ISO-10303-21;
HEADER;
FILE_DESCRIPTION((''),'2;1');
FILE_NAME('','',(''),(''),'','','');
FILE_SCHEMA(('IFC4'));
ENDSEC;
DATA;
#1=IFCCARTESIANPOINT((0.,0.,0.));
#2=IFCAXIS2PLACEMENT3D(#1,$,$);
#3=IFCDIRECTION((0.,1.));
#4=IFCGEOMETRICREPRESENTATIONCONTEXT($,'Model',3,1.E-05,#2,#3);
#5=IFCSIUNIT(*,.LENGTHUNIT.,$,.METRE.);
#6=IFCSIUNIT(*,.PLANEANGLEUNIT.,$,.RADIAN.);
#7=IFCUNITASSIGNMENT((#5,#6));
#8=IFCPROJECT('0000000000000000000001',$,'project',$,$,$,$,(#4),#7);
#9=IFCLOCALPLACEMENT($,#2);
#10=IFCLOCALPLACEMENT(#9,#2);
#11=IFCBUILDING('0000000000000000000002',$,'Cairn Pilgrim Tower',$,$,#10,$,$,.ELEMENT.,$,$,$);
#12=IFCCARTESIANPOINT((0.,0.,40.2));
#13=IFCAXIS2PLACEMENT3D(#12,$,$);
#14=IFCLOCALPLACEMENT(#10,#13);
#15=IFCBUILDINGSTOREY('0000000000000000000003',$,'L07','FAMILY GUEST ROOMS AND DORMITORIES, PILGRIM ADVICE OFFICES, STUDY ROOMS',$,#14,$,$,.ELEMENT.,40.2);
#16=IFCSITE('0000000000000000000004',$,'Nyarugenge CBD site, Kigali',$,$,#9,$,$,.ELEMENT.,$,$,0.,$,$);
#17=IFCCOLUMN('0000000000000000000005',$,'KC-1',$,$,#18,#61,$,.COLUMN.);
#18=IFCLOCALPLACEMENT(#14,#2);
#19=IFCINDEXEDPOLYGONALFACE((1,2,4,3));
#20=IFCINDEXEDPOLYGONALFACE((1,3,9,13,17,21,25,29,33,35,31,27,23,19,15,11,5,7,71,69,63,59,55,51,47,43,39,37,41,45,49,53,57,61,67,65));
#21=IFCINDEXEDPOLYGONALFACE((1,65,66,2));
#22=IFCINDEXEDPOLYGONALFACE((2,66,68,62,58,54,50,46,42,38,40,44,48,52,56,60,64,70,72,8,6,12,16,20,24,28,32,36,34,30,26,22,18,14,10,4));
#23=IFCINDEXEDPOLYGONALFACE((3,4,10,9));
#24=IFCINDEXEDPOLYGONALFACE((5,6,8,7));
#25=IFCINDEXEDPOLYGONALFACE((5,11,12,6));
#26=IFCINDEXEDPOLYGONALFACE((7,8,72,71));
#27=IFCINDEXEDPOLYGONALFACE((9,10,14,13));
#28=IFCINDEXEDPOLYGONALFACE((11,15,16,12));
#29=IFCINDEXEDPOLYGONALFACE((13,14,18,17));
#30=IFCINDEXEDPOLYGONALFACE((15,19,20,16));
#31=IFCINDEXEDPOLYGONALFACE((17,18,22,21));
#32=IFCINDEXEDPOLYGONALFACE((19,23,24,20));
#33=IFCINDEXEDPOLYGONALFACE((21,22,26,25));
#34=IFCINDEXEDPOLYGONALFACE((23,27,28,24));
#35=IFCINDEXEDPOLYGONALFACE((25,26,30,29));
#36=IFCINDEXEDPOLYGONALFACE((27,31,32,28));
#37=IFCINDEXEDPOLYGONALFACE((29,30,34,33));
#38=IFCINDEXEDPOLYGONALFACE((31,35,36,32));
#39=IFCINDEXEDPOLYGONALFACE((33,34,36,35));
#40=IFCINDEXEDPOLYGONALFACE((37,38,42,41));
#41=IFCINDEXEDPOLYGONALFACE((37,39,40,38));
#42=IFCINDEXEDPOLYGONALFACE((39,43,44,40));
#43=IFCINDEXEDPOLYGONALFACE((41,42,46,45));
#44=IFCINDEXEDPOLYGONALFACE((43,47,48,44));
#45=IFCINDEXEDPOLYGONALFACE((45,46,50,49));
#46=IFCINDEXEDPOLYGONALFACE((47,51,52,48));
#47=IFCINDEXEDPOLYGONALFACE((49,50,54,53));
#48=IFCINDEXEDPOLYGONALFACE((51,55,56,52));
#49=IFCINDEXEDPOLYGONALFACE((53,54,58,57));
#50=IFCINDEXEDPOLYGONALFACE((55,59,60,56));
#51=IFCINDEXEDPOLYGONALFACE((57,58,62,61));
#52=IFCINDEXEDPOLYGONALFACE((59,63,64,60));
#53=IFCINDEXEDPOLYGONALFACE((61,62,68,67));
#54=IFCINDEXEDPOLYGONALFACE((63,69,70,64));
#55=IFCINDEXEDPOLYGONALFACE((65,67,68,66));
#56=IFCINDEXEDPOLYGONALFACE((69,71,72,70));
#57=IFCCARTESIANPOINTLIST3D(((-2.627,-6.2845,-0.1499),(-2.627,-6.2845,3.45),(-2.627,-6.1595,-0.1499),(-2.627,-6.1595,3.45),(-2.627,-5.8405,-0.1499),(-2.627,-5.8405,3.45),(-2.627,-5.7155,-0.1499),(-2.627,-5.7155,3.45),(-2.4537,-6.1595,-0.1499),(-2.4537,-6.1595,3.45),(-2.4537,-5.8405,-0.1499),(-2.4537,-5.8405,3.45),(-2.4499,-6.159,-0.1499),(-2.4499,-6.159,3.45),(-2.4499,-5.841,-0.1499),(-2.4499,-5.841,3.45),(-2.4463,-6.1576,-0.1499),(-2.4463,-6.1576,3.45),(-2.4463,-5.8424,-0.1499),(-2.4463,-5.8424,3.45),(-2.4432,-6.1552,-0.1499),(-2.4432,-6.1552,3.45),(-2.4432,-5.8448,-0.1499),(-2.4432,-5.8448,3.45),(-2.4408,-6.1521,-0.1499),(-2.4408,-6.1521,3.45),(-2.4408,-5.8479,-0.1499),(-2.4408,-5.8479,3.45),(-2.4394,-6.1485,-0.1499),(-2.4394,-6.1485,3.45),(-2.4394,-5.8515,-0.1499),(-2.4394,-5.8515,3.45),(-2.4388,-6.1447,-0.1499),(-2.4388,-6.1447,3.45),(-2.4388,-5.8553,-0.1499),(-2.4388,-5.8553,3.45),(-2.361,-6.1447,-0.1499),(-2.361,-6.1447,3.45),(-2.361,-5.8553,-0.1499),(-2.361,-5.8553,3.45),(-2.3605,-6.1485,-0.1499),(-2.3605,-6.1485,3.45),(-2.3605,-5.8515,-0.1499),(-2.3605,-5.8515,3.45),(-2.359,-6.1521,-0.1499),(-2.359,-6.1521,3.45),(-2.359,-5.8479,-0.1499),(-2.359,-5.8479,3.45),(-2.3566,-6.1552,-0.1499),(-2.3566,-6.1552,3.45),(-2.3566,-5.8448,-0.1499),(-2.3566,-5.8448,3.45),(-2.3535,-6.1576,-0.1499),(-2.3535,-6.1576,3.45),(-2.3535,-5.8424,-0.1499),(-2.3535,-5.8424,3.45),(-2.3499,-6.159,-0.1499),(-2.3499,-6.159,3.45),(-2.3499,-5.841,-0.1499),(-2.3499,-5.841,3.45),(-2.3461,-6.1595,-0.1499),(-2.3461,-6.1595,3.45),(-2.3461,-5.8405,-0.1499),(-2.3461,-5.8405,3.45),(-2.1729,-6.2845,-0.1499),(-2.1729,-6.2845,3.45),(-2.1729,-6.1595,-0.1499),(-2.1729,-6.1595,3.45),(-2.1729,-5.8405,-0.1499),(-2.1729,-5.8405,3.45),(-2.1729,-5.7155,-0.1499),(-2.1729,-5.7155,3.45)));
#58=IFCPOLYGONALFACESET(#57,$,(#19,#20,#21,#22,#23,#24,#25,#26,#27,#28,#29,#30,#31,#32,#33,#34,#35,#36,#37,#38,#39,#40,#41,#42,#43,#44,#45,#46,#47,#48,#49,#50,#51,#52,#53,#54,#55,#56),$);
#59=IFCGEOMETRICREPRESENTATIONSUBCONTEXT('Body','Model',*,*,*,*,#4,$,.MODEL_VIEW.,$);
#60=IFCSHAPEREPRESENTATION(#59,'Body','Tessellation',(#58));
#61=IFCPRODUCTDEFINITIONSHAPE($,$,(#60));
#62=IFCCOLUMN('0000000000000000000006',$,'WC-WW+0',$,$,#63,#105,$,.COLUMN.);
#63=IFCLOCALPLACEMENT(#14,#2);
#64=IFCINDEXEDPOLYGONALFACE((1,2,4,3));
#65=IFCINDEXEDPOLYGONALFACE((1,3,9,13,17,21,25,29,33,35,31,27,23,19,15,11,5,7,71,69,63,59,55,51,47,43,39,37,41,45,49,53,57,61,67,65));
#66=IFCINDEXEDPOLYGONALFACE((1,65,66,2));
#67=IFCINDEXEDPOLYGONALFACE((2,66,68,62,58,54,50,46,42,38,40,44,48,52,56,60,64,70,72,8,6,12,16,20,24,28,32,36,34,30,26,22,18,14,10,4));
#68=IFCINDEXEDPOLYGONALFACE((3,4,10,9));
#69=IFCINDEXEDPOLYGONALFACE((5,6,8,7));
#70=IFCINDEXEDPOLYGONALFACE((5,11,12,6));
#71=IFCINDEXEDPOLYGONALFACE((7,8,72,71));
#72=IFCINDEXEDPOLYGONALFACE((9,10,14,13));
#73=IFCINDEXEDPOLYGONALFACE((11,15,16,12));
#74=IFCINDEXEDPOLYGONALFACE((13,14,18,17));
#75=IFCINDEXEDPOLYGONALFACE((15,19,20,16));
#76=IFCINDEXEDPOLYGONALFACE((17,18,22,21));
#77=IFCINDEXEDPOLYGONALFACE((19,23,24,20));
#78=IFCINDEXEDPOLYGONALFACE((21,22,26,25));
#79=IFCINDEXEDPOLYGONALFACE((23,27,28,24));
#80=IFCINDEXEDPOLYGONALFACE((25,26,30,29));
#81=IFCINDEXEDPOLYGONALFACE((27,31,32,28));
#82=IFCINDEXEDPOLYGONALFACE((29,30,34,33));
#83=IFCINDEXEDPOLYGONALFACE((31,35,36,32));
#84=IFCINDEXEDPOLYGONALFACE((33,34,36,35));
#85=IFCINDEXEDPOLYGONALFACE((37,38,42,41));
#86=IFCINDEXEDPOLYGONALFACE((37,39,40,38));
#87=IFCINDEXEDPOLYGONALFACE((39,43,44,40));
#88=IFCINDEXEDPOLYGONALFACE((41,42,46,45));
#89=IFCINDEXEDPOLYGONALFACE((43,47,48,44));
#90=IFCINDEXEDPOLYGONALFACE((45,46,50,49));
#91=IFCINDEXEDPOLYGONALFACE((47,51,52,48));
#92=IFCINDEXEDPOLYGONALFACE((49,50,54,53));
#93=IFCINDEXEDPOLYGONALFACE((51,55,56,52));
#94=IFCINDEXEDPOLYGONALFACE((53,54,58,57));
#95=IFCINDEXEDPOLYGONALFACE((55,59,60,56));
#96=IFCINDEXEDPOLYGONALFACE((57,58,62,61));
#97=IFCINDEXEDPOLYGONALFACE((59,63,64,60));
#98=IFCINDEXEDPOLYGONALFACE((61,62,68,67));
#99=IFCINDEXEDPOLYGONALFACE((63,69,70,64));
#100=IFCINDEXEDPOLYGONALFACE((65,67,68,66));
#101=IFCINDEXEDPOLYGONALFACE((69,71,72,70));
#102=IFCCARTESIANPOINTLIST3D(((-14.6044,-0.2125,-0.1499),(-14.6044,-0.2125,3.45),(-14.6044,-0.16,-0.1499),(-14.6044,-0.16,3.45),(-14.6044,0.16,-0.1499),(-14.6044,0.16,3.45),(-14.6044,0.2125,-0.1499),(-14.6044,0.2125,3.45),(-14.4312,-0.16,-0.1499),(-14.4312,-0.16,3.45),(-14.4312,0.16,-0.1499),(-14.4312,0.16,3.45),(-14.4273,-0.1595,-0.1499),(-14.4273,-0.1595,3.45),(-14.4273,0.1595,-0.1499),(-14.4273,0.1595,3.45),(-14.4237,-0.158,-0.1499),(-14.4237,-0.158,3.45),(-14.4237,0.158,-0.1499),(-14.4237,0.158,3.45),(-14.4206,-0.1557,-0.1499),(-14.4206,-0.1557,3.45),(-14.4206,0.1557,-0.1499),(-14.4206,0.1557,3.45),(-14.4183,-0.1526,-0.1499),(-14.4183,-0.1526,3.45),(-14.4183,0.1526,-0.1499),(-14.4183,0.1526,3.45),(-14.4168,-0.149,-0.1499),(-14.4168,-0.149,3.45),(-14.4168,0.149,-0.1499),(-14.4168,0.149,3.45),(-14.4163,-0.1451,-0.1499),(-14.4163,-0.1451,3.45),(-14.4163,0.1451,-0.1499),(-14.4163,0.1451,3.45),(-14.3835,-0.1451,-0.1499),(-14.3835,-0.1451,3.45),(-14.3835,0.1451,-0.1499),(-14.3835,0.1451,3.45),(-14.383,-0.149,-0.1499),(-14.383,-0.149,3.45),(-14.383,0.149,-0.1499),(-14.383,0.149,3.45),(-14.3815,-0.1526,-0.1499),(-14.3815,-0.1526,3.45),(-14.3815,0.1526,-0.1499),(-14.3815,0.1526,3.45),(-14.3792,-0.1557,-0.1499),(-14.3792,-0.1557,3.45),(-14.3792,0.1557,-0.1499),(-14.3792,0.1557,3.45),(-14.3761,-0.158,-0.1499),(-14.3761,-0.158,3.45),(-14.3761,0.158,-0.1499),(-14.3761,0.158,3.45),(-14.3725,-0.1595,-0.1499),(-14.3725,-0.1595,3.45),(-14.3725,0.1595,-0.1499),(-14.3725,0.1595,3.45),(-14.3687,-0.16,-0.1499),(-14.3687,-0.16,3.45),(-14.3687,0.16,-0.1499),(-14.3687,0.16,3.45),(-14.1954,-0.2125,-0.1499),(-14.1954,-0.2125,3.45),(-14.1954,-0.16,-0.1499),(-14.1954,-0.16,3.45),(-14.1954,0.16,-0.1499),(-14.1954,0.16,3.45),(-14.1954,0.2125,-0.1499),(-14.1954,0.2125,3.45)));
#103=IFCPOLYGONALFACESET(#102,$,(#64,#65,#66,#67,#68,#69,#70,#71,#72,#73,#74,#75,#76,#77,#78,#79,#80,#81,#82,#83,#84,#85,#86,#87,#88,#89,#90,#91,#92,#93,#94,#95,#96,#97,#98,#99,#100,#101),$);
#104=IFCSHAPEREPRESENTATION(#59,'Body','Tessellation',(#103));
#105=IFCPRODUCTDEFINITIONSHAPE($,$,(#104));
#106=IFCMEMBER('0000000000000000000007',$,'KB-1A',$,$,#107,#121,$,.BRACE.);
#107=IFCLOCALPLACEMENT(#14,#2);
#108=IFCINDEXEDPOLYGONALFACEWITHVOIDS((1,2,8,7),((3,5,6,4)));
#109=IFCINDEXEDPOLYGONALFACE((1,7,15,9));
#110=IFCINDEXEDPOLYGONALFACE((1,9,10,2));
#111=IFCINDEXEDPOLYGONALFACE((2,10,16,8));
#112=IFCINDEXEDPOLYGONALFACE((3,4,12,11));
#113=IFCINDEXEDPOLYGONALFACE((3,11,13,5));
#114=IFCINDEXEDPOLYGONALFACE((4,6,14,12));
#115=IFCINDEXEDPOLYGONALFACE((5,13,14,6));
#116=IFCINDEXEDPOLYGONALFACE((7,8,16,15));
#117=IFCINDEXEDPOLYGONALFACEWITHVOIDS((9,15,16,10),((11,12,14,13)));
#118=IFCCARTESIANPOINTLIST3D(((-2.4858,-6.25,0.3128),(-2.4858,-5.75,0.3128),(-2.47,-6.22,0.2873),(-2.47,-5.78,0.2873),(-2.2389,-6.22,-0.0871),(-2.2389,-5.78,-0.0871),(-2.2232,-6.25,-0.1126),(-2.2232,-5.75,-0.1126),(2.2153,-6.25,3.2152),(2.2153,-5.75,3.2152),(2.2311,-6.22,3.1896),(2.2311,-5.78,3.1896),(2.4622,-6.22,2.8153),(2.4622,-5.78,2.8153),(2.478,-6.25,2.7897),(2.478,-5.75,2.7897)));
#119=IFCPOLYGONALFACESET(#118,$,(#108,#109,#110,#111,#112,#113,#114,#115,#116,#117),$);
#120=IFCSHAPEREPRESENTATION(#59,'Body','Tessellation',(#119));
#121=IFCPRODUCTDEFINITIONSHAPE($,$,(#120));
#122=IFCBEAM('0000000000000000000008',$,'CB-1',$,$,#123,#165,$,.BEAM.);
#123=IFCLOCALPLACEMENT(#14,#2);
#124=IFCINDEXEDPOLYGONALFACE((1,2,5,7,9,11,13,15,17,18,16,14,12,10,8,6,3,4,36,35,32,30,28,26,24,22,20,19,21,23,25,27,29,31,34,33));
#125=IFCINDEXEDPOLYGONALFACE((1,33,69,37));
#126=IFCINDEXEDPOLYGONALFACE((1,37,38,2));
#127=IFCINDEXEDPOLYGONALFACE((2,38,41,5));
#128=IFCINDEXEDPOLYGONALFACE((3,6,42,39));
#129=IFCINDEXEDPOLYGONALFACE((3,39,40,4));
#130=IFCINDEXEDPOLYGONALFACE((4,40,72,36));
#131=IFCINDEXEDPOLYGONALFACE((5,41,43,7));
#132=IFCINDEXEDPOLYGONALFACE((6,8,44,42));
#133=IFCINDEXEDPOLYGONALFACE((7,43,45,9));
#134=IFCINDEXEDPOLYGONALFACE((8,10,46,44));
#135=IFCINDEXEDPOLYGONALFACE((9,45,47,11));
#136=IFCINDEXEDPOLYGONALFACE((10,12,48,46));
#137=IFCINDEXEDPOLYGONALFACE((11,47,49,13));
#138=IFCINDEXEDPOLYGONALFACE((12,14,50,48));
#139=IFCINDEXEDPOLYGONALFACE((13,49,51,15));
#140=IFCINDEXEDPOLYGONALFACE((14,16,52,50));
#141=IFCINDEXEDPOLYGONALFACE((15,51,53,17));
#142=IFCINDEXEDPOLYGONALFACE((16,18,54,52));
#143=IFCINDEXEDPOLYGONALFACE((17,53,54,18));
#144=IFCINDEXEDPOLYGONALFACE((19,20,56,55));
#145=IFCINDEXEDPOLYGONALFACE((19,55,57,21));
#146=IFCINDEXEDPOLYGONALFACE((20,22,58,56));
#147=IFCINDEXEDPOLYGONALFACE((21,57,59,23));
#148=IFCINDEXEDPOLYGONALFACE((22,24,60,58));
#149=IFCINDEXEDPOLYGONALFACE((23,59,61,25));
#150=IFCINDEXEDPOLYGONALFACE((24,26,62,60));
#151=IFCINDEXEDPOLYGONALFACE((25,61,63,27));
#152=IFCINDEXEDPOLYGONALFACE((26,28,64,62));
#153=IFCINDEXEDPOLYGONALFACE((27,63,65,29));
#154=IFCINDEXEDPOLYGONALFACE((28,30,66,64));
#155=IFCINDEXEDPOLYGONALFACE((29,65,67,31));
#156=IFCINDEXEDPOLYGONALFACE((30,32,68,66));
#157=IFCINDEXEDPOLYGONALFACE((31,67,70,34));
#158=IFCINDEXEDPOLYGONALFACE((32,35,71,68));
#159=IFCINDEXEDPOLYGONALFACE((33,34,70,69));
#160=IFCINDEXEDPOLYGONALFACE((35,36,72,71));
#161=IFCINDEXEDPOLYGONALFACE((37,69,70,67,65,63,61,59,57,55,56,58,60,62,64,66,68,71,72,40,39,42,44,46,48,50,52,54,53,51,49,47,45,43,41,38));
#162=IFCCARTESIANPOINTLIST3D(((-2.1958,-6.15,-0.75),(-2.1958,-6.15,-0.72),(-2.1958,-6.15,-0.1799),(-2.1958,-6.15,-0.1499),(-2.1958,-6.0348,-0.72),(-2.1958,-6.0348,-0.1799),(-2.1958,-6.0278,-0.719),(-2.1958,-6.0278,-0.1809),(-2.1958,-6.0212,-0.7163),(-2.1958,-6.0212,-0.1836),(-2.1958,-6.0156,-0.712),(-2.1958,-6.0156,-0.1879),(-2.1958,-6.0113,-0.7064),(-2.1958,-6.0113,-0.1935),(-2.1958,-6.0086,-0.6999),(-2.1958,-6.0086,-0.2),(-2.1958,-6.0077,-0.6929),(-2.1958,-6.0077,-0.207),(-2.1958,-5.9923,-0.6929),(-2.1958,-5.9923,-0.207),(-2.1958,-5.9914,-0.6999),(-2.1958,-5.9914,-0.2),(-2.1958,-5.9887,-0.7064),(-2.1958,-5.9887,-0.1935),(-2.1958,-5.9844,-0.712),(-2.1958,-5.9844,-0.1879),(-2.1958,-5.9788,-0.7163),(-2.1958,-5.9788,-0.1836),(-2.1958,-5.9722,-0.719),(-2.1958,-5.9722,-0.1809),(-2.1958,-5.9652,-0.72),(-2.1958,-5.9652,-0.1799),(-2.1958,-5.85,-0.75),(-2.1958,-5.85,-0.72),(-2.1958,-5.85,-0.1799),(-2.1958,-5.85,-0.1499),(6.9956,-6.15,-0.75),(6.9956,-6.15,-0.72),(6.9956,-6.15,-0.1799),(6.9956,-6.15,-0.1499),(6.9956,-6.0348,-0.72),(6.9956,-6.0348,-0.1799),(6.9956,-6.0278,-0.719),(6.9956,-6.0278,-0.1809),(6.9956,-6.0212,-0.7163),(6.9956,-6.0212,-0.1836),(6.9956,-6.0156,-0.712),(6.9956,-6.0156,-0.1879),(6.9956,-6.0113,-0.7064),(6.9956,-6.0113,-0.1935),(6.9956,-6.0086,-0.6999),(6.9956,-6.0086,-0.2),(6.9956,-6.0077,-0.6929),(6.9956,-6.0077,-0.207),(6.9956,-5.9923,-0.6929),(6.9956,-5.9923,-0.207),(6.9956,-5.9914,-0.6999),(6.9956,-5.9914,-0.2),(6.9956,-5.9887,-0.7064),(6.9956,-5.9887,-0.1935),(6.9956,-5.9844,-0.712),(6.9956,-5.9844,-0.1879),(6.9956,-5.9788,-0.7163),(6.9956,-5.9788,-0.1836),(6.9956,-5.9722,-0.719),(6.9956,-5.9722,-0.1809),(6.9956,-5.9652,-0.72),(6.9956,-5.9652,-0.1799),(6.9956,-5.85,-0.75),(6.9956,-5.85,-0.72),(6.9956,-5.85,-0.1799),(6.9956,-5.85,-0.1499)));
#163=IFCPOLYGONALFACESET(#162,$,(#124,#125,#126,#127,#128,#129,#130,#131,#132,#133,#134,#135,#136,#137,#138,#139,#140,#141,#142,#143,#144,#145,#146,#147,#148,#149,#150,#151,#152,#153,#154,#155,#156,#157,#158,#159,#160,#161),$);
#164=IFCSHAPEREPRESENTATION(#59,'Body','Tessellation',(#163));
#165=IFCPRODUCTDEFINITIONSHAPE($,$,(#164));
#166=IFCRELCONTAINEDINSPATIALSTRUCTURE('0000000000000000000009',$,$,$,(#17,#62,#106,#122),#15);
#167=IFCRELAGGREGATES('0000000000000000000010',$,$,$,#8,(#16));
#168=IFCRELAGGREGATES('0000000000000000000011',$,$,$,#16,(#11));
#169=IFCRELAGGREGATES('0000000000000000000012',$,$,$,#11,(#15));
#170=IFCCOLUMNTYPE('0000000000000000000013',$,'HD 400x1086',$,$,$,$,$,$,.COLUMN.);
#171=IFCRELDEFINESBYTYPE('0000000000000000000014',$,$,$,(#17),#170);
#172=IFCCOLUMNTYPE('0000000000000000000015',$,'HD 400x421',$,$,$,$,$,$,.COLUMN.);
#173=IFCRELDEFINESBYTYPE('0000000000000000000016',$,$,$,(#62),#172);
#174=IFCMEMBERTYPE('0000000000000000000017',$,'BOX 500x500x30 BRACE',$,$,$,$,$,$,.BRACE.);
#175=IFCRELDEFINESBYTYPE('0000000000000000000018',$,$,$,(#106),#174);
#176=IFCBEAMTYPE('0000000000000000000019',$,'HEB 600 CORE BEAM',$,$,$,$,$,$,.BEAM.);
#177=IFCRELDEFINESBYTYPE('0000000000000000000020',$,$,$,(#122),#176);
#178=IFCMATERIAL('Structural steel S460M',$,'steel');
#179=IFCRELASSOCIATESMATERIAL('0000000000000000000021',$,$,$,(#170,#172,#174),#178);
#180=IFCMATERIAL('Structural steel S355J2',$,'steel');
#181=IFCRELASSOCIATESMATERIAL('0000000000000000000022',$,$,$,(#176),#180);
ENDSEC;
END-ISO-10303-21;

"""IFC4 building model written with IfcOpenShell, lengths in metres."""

from ifc_helpers import new_model, si_unit, direction, frame, origin, origin_2d, place, context, subcontext, project, spatial, hollow_rectangle, i_section, extrude, material, material_profile, profile_set, type_object, element, save


model = new_model("IFC4")

# Units and contexts
model_context = context("Model", 3, precision=1e-05, world=origin(), true_north=direction((0.0, 1.0)))
body_context = subcontext(model_context, "Body", "Model", "MODEL_VIEW")
ifc_project = project(units=[si_unit("LENGTHUNIT", "METRE"), si_unit("PLANEANGLEUNIT", "RADIAN")], contexts=[model_context])

# Site, building, storey
site_placement = place(None, origin())
site = spatial("IfcSite", under=ifc_project, at=site_placement, Name="Nyarugenge CBD site, Kigali", CompositionType="ELEMENT", RefElevation=0.0)
building_placement = place(site_placement, origin())
building = spatial("IfcBuilding", under=site, at=building_placement, Name="Cairn Pilgrim Tower", CompositionType="ELEMENT")
storey_placement = place(building_placement, frame((0.0, 0.0, 40.2)))
storey = spatial("IfcBuildingStorey", under=building, at=storey_placement, Name="L07", Description="FAMILY GUEST ROOMS AND DORMITORIES, PILGRIM ADVICE OFFICES, STUDY ROOMS", CompositionType="ELEMENT", Elevation=40.2)

# Columns
ifc_material_1 = material(Name="Structural steel S460M", Category="steel")
ifc_material_profile_1 = material_profile(ifc_material_1, i_section(OverallWidth=0.4541, OverallDepth=0.5691, WebThickness=0.0779, FlangeThickness=0.125, FilletRadius=0.0149, at=origin_2d()), Name="HD 400x1086")
ifc_profile_set_1 = profile_set([ifc_material_profile_1], Name="Structural steel S460M")
column_type_1 = type_object("IfcColumnType", Name="HD 400x1086", PredefinedType="COLUMN", material=ifc_profile_set_1)
column_1_placement = place(storey_placement, frame((-2.3999, -6.0, -0.1499), z_axis=(0.0, 0.0, 1.0), x_axis=(1.0, 0.0, 0.0)))
element("IfcColumn", 1, at=column_1_placement, inside=storey, type_object=column_type_1, Name="KC-1", PredefinedType="COLUMN", context=body_context, shape_type="SweptSolid", body=[
    extrude(i_section(OverallWidth=0.4541, OverallDepth=0.5691, WebThickness=0.0779, FlangeThickness=0.125, FilletRadius=0.0149, at=origin_2d()), origin(), (0.0, 0.0, 1.0), 3.5999),
])
ifc_material_profile_2 = material_profile(ifc_material_1, i_section(OverallWidth=0.4089, OverallDepth=0.425, WebThickness=0.0327, FlangeThickness=0.0525, FilletRadius=0.0149, at=origin_2d()), Name="HD 400x421")
ifc_profile_set_2 = profile_set([ifc_material_profile_2], Name="Structural steel S460M")
column_type_2 = type_object("IfcColumnType", Name="HD 400x421", PredefinedType="COLUMN", material=ifc_profile_set_2)
column_2_placement = place(storey_placement, frame((-14.3999, 0.0, -0.1499), z_axis=(0.0, 0.0, 1.0), x_axis=(1.0, 0.0, 0.0)))
element("IfcColumn", 2, at=column_2_placement, inside=storey, type_object=column_type_2, Name="WC-WW+0", PredefinedType="COLUMN", context=body_context, shape_type="SweptSolid", body=[
    extrude(i_section(OverallWidth=0.4089, OverallDepth=0.425, WebThickness=0.0327, FlangeThickness=0.0525, FilletRadius=0.0149, at=origin_2d()), origin(), (0.0, 0.0, 1.0), 3.5999),
])

# Member
ifc_material_profile_3 = material_profile(ifc_material_1, hollow_rectangle(XDim=0.5, YDim=0.5, WallThickness=0.03, at=origin_2d()), Name="BOX 500x500x30")
ifc_profile_set_3 = profile_set([ifc_material_profile_3], Name="Structural steel S460M")
member_type = type_object("IfcMemberType", Name="BOX 500x500x30 BRACE", PredefinedType="BRACE", material=ifc_profile_set_3)
member_placement = place(storey_placement, frame((-2.3545, -6.0, 0.1001), z_axis=(0.850905, 0.0, 0.52532), x_axis=(0.0, 1.0, 0.0)))
element("IfcMember", 3, at=member_placement, inside=storey, type_object=member_type, Name="KB-1A", PredefinedType="BRACE", context=body_context, shape_type="SweptSolid", body=[
    extrude(hollow_rectangle(XDim=0.5, YDim=0.5, WallThickness=0.03, at=origin_2d()), origin(), (0.0, 0.0, 1.0), 5.5249),
])

# Beam
ifc_material_2 = material(Name="Structural steel S355J2", Category="steel")
ifc_material_profile_4 = material_profile(ifc_material_2, i_section(OverallWidth=0.3, OverallDepth=0.6001, WebThickness=0.0154, FlangeThickness=0.03, FilletRadius=0.0271, at=origin_2d()), Name="HEB 600")
ifc_profile_set_4 = profile_set([ifc_material_profile_4], Name="Structural steel S355J2")
beam_type_1 = type_object("IfcBeamType", Name="HEB 600 CORE BEAM", PredefinedType="BEAM", material=ifc_profile_set_4)
beam_1_placement = place(storey_placement, frame((-2.1958, -6.0, -0.45), z_axis=(1.0, 0.0, 0.0), x_axis=(0.0, 1.0, 0.0)))
element("IfcBeam", 4, at=beam_1_placement, inside=storey, type_object=beam_type_1, Name="CB-1", PredefinedType="BEAM", context=body_context, shape_type="SweptSolid", body=[
    extrude(i_section(OverallWidth=0.3, OverallDepth=0.6001, WebThickness=0.0154, FlangeThickness=0.03, FilletRadius=0.0271, at=origin_2d()), origin(), (0.0, 0.0, 1.0), 9.1914),
])

save(model, "model.ifc")
